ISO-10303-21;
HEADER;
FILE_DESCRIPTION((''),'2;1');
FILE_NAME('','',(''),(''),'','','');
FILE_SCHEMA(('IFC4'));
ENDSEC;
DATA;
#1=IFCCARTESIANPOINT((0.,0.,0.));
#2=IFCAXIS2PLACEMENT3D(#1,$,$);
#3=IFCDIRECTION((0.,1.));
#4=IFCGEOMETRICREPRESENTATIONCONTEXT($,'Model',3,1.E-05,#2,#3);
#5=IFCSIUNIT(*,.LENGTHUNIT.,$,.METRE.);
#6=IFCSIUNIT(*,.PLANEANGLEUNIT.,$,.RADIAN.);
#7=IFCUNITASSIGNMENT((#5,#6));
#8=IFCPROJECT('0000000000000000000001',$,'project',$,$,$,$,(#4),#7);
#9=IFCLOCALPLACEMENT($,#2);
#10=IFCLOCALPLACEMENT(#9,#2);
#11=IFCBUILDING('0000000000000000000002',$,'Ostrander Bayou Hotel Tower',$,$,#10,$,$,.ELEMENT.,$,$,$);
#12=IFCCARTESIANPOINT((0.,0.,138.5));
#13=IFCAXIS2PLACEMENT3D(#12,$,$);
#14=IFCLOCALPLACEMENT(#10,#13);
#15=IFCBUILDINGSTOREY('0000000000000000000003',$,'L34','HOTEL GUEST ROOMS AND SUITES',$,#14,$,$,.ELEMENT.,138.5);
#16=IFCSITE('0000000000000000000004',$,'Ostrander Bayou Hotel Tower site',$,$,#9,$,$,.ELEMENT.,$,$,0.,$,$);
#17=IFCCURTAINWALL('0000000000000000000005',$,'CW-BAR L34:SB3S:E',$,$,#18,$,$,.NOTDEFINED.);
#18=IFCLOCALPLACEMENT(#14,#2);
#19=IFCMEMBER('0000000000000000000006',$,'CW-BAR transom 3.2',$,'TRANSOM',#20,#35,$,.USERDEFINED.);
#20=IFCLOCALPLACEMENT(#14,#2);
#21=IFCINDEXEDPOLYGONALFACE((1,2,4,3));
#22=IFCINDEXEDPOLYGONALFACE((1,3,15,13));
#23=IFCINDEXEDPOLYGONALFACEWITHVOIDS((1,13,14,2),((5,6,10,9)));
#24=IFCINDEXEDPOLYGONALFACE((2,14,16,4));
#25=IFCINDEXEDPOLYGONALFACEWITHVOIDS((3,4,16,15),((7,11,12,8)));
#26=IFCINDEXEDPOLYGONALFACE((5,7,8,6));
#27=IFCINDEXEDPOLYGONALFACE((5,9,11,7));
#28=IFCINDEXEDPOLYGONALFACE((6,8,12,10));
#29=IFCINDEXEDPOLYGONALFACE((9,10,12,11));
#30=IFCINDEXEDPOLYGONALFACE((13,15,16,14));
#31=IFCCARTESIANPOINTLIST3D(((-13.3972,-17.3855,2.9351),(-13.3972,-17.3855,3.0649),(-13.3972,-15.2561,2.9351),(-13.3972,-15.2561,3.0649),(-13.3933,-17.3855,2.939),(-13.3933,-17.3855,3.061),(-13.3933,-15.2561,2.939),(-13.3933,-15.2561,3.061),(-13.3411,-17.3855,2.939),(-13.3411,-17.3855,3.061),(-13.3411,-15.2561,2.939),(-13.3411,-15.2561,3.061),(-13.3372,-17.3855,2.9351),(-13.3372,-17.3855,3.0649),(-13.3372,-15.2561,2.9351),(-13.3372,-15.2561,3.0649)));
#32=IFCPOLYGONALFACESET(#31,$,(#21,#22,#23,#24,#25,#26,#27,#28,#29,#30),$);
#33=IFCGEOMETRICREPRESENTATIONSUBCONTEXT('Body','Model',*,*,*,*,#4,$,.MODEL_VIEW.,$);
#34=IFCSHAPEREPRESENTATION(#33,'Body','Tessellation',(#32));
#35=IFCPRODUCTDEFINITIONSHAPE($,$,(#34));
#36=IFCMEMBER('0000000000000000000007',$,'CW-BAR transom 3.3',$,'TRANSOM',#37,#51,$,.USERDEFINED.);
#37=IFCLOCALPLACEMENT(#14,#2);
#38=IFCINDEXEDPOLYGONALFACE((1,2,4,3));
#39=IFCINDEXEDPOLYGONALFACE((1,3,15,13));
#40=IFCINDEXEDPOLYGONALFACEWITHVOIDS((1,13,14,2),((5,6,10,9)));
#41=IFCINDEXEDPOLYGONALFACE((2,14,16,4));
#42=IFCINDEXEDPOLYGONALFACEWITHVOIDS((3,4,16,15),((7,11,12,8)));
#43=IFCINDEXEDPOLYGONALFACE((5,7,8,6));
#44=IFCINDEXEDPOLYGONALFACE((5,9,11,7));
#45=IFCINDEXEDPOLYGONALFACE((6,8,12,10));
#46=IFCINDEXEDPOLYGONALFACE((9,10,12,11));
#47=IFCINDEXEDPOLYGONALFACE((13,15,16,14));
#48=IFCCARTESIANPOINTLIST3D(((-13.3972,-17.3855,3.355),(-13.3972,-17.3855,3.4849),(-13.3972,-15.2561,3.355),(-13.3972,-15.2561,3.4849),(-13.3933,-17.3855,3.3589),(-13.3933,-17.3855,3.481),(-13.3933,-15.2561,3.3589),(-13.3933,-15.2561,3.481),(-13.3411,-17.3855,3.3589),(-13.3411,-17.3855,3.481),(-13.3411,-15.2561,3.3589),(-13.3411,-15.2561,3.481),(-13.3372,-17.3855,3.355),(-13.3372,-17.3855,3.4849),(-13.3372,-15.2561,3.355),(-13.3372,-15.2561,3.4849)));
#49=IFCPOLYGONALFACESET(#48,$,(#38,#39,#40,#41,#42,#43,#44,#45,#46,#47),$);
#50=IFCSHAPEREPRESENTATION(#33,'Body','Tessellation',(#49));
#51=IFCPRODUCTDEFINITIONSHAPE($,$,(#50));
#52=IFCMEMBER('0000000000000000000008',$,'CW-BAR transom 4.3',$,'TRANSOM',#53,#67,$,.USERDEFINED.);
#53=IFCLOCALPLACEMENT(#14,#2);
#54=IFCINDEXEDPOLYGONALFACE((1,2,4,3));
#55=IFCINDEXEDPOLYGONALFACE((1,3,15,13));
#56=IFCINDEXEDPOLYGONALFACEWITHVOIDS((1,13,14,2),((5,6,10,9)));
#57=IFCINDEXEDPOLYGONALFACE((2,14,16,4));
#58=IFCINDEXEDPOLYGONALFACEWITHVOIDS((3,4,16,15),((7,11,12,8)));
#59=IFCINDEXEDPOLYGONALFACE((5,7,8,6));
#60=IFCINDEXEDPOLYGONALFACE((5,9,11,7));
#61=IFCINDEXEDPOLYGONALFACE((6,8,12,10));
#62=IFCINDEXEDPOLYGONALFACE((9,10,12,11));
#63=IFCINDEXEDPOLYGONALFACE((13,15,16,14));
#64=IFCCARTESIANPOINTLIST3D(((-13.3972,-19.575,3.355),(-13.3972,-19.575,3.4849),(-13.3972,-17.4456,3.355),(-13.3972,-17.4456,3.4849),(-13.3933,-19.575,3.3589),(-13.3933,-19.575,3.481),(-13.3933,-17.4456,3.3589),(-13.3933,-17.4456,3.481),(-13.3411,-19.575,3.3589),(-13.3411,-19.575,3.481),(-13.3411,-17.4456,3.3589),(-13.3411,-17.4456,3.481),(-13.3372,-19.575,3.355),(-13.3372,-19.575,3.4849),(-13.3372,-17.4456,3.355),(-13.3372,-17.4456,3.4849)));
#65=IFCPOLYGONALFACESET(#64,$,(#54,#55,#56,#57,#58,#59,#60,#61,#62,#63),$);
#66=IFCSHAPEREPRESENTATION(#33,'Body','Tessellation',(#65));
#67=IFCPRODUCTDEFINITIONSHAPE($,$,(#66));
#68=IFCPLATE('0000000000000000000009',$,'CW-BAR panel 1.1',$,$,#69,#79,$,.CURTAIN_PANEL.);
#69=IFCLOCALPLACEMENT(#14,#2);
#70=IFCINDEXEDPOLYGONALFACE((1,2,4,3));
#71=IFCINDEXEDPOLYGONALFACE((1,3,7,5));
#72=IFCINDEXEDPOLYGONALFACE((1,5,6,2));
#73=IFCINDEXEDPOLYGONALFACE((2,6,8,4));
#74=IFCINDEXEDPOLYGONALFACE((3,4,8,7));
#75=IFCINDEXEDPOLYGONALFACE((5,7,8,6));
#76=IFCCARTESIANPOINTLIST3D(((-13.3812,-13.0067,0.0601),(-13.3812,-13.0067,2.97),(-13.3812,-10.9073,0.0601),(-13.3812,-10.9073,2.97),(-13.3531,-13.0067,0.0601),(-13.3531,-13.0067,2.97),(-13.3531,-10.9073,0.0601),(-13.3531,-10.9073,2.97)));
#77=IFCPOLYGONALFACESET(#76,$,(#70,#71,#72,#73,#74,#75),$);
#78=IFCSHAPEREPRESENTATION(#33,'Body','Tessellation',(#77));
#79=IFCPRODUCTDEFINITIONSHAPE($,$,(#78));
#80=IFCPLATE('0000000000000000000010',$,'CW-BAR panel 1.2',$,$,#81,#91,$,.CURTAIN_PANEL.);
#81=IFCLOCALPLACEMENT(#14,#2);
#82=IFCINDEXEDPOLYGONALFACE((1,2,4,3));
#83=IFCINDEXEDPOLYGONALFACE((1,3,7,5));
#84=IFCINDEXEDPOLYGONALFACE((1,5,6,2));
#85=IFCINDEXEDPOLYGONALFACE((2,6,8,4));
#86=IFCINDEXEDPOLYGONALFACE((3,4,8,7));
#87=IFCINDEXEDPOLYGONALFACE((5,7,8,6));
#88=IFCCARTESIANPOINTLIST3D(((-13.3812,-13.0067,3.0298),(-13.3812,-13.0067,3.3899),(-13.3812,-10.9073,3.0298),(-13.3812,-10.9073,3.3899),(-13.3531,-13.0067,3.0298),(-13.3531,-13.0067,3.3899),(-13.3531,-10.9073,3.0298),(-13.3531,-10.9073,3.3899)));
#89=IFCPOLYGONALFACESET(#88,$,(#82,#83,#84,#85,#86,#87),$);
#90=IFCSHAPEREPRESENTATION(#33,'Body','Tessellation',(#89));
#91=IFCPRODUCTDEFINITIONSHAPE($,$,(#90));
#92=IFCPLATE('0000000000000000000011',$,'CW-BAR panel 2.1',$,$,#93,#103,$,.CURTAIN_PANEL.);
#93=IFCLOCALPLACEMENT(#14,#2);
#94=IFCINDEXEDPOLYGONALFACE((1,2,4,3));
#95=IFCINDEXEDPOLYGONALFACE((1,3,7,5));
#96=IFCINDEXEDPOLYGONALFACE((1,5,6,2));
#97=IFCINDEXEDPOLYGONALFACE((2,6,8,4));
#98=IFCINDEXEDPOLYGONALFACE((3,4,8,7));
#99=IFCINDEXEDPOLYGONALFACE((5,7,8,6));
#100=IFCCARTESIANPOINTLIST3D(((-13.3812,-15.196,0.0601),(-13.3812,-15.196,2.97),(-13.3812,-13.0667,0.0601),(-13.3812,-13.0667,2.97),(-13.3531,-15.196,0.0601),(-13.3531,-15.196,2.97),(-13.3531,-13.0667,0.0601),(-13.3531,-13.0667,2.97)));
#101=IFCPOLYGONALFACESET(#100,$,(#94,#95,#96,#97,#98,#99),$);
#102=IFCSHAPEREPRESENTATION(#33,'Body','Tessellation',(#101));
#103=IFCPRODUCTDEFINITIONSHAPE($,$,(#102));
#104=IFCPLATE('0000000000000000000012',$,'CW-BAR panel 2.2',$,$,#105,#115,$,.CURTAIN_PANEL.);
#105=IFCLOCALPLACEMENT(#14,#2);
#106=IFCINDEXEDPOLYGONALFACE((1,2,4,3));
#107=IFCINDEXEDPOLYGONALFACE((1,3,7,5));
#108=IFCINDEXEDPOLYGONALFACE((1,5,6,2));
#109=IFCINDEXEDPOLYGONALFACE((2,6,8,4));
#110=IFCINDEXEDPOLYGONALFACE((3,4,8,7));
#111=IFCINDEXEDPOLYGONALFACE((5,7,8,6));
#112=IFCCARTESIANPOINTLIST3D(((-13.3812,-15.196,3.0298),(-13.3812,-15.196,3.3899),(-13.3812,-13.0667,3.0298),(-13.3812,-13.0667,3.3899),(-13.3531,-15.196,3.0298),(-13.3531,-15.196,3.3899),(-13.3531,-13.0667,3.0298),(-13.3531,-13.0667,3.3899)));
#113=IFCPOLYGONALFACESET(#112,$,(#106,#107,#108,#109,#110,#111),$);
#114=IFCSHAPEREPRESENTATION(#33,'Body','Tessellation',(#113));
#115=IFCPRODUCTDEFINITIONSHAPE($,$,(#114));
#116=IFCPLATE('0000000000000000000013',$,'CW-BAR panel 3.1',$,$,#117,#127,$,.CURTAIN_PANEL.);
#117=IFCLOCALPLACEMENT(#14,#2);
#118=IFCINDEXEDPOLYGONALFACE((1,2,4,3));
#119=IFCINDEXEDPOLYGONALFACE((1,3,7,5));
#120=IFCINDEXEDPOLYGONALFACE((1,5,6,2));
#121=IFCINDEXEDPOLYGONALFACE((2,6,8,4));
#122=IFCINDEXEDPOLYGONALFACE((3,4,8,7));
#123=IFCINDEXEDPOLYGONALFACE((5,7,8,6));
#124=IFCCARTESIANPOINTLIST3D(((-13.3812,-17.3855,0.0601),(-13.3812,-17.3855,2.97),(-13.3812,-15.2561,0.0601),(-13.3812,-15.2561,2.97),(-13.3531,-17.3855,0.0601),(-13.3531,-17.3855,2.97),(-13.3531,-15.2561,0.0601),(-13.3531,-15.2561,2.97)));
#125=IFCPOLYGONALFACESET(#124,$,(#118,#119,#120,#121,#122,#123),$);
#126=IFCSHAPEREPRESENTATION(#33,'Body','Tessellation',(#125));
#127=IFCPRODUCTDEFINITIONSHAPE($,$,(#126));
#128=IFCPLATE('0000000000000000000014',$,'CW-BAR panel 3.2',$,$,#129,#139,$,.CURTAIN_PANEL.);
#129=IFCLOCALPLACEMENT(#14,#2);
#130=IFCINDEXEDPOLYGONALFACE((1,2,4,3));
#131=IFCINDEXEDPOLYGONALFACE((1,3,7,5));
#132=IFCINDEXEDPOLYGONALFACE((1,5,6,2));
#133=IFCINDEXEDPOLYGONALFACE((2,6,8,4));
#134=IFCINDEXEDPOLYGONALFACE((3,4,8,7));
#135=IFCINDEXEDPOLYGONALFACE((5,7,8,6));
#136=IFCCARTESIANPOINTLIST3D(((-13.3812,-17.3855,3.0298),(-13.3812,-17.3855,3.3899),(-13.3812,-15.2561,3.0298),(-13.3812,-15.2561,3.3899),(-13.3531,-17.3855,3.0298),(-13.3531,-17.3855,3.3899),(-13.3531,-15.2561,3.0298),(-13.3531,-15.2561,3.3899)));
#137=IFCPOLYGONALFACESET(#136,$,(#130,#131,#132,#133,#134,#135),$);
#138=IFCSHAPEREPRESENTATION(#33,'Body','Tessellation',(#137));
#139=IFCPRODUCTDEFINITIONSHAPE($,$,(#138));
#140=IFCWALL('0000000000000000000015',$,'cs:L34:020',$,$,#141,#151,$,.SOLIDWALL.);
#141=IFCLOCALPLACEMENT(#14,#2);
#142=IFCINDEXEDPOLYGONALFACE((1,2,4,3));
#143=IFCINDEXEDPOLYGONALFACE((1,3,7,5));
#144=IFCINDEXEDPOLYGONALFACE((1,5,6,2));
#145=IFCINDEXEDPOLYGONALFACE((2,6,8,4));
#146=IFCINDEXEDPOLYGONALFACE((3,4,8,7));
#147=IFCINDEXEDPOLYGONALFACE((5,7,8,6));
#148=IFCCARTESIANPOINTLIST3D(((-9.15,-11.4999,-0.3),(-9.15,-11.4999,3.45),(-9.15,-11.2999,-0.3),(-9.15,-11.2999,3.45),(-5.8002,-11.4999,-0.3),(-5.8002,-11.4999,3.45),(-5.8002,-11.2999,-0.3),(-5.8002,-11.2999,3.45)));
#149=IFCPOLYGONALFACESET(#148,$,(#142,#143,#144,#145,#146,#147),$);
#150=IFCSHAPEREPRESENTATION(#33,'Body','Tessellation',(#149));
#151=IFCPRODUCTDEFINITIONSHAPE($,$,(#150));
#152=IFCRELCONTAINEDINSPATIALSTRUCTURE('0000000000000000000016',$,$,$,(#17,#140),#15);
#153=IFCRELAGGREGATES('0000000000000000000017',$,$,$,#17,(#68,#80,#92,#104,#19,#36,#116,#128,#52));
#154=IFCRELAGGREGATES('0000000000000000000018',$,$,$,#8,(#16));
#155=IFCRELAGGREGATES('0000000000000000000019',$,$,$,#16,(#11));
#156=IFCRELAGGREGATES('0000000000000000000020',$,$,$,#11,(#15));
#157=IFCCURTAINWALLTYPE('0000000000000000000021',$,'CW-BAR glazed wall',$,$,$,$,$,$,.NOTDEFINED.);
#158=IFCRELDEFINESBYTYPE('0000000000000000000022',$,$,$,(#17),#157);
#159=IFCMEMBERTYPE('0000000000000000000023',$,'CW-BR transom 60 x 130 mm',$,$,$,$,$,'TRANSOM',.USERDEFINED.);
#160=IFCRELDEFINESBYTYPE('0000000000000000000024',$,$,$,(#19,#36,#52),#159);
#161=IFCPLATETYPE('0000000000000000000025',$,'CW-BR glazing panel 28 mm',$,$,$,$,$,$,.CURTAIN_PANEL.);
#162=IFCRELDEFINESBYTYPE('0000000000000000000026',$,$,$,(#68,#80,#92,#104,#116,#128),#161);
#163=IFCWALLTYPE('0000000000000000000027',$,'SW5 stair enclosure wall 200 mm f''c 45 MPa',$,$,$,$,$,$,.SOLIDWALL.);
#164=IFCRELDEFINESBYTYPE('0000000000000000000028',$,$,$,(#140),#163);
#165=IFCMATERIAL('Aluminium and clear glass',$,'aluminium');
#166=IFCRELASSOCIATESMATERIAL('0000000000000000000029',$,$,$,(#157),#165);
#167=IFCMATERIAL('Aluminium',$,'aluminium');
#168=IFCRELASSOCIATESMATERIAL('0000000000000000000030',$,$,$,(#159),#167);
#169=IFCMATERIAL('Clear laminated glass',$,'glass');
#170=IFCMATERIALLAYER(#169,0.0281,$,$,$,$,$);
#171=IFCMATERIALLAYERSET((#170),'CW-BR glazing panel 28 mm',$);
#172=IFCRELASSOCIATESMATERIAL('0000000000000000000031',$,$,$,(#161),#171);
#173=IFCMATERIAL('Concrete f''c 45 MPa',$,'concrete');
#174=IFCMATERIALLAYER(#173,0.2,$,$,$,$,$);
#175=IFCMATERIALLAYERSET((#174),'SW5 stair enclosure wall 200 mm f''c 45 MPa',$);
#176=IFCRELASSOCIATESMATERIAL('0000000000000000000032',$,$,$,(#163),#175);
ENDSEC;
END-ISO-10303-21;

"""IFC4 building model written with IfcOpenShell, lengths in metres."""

from ifc_helpers import new_model, si_unit, direction, frame, frame_2d, origin, origin_2d, place, context, subcontext, project, spatial, rectangle, hollow_rectangle, extrude, material, layer, layer_set, material_profile, profile_set, type_object, element, aggregate, save


model = new_model("IFC4")

# Units and contexts
model_context = context("Model", 3, precision=1e-05, world=origin(), true_north=direction((0.0, 1.0)))
body_context = subcontext(model_context, "Body", "Model", "MODEL_VIEW")
ifc_project = project(units=[si_unit("LENGTHUNIT", "METRE"), si_unit("PLANEANGLEUNIT", "RADIAN")], contexts=[model_context])

# Site, building, storey
site_placement = place(None, origin())
site = spatial("IfcSite", under=ifc_project, at=site_placement, Name="Ostrander Bayou Hotel Tower site", CompositionType="ELEMENT", RefElevation=0.0)
building_placement = place(site_placement, origin())
building = spatial("IfcBuilding", under=site, at=building_placement, Name="Ostrander Bayou Hotel Tower", CompositionType="ELEMENT")
storey_placement = place(building_placement, frame((0.0, 0.0, 138.5)))
storey = spatial("IfcBuildingStorey", under=building, at=storey_placement, Name="L34", Description="HOTEL GUEST ROOMS AND SUITES", CompositionType="ELEMENT", Elevation=138.5)

# Curtain wall, members, plates
ifc_material_1 = material(Name="Aluminium and clear glass", Category="aluminium")
curtain_wall_type = type_object("IfcCurtainWallType", Name="CW-BAR glazed wall", PredefinedType="NOTDEFINED", material=ifc_material_1)
curtain_wall_placement = place(storey_placement, origin())
curtain_wall = element("IfcCurtainWall", 1, at=curtain_wall_placement, inside=storey, type_object=curtain_wall_type, Name="CW-BAR L34:SB3S:E", PredefinedType="NOTDEFINED")
ifc_material_2 = material(Name="Aluminium", Category="aluminium")
ifc_material_profile_1 = material_profile(ifc_material_2, hollow_rectangle(XDim=0.0601, YDim=0.1299, WallThickness=0.0039, at=origin_2d()))
ifc_profile_set_1 = profile_set([ifc_material_profile_1], Name="Aluminium")
member_type_1 = type_object("IfcMemberType", Name="CW-BR transom 60 x 130 mm", ElementType="TRANSOM", PredefinedType="USERDEFINED", material=ifc_profile_set_1)
member_1_placement = place(storey_placement, frame((-13.3672, -15.2561, 3.0), z_axis=(0.0, -1.0, 0.0), x_axis=(1.0, 0.0, 0.0)))
member_1 = element("IfcMember", 2, at=member_1_placement, type_object=member_type_1, Name="CW-BAR transom 3.2", ObjectType="TRANSOM", PredefinedType="USERDEFINED", context=body_context, shape_type="SweptSolid", body=[
    extrude(hollow_rectangle(XDim=0.0601, YDim=0.1299, WallThickness=0.0039, at=origin_2d()), origin(), (0.0, 0.0, 1.0), 2.1294),
])
member_2_placement = place(storey_placement, frame((-13.3672, -15.2561, 3.4199), z_axis=(0.0, -1.0, 0.0), x_axis=(1.0, 0.0, 0.0)))
member_2 = element("IfcMember", 3, at=member_2_placement, type_object=member_type_1, Name="CW-BAR transom 3.3", ObjectType="TRANSOM", PredefinedType="USERDEFINED", context=body_context, shape_type="SweptSolid", body=[
    extrude(hollow_rectangle(XDim=0.0601, YDim=0.1299, WallThickness=0.0039, at=origin_2d()), origin(), (0.0, 0.0, 1.0), 2.1294),
])
member_3_placement = place(storey_placement, frame((-13.3672, -17.4456, 3.4199), z_axis=(0.0, -1.0, 0.0), x_axis=(1.0, 0.0, 0.0)))
member_3 = element("IfcMember", 4, at=member_3_placement, type_object=member_type_1, Name="CW-BAR transom 4.3", ObjectType="TRANSOM", PredefinedType="USERDEFINED", context=body_context, shape_type="SweptSolid", body=[
    extrude(hollow_rectangle(XDim=0.0601, YDim=0.1299, WallThickness=0.0039, at=origin_2d()), origin(), (0.0, 0.0, 1.0), 2.1294),
])
ifc_material_3 = material(Name="Clear laminated glass", Category="glass")
ifc_layer_1 = layer(ifc_material_3, 0.0281)
ifc_layer_set_1 = layer_set([ifc_layer_1], Name="CW-BR glazing panel 28 mm")
plate_type = type_object("IfcPlateType", Name="CW-BR glazing panel 28 mm", PredefinedType="CURTAIN_PANEL", material=ifc_layer_set_1)
plate_1_placement = place(storey_placement, frame((-13.3672, -11.957, 0.0601), z_axis=(0.0, 0.0, 1.0), x_axis=(0.0, -1.0, 0.0)))
plate_1 = element("IfcPlate", 5, at=plate_1_placement, type_object=plate_type, Name="CW-BAR panel 1.1", PredefinedType="CURTAIN_PANEL", context=body_context, shape_type="SweptSolid", body=[
    extrude(rectangle(XDim=2.0994, YDim=0.0281, at=origin_2d()), origin(), (0.0, 0.0, 1.0), 2.9099),
])
plate_2_placement = place(storey_placement, frame((-13.3672, -11.957, 3.0298), z_axis=(0.0, 0.0, 1.0), x_axis=(0.0, -1.0, 0.0)))
plate_2 = element("IfcPlate", 6, at=plate_2_placement, type_object=plate_type, Name="CW-BAR panel 1.2", PredefinedType="CURTAIN_PANEL", context=body_context, shape_type="SweptSolid", body=[
    extrude(rectangle(XDim=2.0994, YDim=0.0281, at=origin_2d()), origin(), (0.0, 0.0, 1.0), 0.3601),
])
plate_3_placement = place(storey_placement, frame((-13.3672, -14.1313, 0.0601), z_axis=(0.0, 0.0, 1.0), x_axis=(0.0, -1.0, 0.0)))
plate_3 = element("IfcPlate", 7, at=plate_3_placement, type_object=plate_type, Name="CW-BAR panel 2.1", PredefinedType="CURTAIN_PANEL", context=body_context, shape_type="SweptSolid", body=[
    extrude(rectangle(XDim=2.1294, YDim=0.0281, at=origin_2d()), origin(), (0.0, 0.0, 1.0), 2.9099),
])
plate_4_placement = place(storey_placement, frame((-13.3672, -14.1313, 3.0298), z_axis=(0.0, 0.0, 1.0), x_axis=(0.0, -1.0, 0.0)))
plate_4 = element("IfcPlate", 8, at=plate_4_placement, type_object=plate_type, Name="CW-BAR panel 2.2", PredefinedType="CURTAIN_PANEL", context=body_context, shape_type="SweptSolid", body=[
    extrude(rectangle(XDim=2.1294, YDim=0.0281, at=origin_2d()), origin(), (0.0, 0.0, 1.0), 0.3601),
])
plate_5_placement = place(storey_placement, frame((-13.3672, -16.3208, 0.0601), z_axis=(0.0, 0.0, 1.0), x_axis=(0.0, -1.0, 0.0)))
plate_5 = element("IfcPlate", 9, at=plate_5_placement, type_object=plate_type, Name="CW-BAR panel 3.1", PredefinedType="CURTAIN_PANEL", context=body_context, shape_type="SweptSolid", body=[
    extrude(rectangle(XDim=2.1294, YDim=0.0281, at=origin_2d()), origin(), (0.0, 0.0, 1.0), 2.9099),
])
plate_6_placement = place(storey_placement, frame((-13.3672, -16.3208, 3.0298), z_axis=(0.0, 0.0, 1.0), x_axis=(0.0, -1.0, 0.0)))
plate_6 = element("IfcPlate", 10, at=plate_6_placement, type_object=plate_type, Name="CW-BAR panel 3.2", PredefinedType="CURTAIN_PANEL", context=body_context, shape_type="SweptSolid", body=[
    extrude(rectangle(XDim=2.1294, YDim=0.0281, at=origin_2d()), origin(), (0.0, 0.0, 1.0), 0.3601),
])
aggregate(curtain_wall, [plate_1, plate_2, plate_3, plate_4, member_1, member_2, plate_5, plate_6, member_3])

# Wall
ifc_material_4 = material(Name="Concrete f'c 45 MPa", Category="concrete")
ifc_layer_2 = layer(ifc_material_4, 0.2)
ifc_layer_set_2 = layer_set([ifc_layer_2], Name="SW5 stair enclosure wall 200 mm f'c 45 MPa")
wall_type_1 = type_object("IfcWallType", Name="SW5 stair enclosure wall 200 mm f'c 45 MPa", PredefinedType="SOLIDWALL", material=ifc_layer_set_2)
wall_1_placement = place(storey_placement, frame((-9.1499, -11.3999, -0.3), z_axis=(0.0, 0.0, 1.0), x_axis=(1.0, 0.0, 0.0)))
element("IfcWall", 11, at=wall_1_placement, inside=storey, type_object=wall_type_1, Name="cs:L34:020", PredefinedType="SOLIDWALL", context=body_context, shape_type="SweptSolid", body=[
    extrude(rectangle(XDim=3.3499, YDim=0.2, at=frame_2d((1.6748, 0.0))), origin(), (0.0, 0.0, 1.0), 3.75),
])

save(model, "model.ifc")
